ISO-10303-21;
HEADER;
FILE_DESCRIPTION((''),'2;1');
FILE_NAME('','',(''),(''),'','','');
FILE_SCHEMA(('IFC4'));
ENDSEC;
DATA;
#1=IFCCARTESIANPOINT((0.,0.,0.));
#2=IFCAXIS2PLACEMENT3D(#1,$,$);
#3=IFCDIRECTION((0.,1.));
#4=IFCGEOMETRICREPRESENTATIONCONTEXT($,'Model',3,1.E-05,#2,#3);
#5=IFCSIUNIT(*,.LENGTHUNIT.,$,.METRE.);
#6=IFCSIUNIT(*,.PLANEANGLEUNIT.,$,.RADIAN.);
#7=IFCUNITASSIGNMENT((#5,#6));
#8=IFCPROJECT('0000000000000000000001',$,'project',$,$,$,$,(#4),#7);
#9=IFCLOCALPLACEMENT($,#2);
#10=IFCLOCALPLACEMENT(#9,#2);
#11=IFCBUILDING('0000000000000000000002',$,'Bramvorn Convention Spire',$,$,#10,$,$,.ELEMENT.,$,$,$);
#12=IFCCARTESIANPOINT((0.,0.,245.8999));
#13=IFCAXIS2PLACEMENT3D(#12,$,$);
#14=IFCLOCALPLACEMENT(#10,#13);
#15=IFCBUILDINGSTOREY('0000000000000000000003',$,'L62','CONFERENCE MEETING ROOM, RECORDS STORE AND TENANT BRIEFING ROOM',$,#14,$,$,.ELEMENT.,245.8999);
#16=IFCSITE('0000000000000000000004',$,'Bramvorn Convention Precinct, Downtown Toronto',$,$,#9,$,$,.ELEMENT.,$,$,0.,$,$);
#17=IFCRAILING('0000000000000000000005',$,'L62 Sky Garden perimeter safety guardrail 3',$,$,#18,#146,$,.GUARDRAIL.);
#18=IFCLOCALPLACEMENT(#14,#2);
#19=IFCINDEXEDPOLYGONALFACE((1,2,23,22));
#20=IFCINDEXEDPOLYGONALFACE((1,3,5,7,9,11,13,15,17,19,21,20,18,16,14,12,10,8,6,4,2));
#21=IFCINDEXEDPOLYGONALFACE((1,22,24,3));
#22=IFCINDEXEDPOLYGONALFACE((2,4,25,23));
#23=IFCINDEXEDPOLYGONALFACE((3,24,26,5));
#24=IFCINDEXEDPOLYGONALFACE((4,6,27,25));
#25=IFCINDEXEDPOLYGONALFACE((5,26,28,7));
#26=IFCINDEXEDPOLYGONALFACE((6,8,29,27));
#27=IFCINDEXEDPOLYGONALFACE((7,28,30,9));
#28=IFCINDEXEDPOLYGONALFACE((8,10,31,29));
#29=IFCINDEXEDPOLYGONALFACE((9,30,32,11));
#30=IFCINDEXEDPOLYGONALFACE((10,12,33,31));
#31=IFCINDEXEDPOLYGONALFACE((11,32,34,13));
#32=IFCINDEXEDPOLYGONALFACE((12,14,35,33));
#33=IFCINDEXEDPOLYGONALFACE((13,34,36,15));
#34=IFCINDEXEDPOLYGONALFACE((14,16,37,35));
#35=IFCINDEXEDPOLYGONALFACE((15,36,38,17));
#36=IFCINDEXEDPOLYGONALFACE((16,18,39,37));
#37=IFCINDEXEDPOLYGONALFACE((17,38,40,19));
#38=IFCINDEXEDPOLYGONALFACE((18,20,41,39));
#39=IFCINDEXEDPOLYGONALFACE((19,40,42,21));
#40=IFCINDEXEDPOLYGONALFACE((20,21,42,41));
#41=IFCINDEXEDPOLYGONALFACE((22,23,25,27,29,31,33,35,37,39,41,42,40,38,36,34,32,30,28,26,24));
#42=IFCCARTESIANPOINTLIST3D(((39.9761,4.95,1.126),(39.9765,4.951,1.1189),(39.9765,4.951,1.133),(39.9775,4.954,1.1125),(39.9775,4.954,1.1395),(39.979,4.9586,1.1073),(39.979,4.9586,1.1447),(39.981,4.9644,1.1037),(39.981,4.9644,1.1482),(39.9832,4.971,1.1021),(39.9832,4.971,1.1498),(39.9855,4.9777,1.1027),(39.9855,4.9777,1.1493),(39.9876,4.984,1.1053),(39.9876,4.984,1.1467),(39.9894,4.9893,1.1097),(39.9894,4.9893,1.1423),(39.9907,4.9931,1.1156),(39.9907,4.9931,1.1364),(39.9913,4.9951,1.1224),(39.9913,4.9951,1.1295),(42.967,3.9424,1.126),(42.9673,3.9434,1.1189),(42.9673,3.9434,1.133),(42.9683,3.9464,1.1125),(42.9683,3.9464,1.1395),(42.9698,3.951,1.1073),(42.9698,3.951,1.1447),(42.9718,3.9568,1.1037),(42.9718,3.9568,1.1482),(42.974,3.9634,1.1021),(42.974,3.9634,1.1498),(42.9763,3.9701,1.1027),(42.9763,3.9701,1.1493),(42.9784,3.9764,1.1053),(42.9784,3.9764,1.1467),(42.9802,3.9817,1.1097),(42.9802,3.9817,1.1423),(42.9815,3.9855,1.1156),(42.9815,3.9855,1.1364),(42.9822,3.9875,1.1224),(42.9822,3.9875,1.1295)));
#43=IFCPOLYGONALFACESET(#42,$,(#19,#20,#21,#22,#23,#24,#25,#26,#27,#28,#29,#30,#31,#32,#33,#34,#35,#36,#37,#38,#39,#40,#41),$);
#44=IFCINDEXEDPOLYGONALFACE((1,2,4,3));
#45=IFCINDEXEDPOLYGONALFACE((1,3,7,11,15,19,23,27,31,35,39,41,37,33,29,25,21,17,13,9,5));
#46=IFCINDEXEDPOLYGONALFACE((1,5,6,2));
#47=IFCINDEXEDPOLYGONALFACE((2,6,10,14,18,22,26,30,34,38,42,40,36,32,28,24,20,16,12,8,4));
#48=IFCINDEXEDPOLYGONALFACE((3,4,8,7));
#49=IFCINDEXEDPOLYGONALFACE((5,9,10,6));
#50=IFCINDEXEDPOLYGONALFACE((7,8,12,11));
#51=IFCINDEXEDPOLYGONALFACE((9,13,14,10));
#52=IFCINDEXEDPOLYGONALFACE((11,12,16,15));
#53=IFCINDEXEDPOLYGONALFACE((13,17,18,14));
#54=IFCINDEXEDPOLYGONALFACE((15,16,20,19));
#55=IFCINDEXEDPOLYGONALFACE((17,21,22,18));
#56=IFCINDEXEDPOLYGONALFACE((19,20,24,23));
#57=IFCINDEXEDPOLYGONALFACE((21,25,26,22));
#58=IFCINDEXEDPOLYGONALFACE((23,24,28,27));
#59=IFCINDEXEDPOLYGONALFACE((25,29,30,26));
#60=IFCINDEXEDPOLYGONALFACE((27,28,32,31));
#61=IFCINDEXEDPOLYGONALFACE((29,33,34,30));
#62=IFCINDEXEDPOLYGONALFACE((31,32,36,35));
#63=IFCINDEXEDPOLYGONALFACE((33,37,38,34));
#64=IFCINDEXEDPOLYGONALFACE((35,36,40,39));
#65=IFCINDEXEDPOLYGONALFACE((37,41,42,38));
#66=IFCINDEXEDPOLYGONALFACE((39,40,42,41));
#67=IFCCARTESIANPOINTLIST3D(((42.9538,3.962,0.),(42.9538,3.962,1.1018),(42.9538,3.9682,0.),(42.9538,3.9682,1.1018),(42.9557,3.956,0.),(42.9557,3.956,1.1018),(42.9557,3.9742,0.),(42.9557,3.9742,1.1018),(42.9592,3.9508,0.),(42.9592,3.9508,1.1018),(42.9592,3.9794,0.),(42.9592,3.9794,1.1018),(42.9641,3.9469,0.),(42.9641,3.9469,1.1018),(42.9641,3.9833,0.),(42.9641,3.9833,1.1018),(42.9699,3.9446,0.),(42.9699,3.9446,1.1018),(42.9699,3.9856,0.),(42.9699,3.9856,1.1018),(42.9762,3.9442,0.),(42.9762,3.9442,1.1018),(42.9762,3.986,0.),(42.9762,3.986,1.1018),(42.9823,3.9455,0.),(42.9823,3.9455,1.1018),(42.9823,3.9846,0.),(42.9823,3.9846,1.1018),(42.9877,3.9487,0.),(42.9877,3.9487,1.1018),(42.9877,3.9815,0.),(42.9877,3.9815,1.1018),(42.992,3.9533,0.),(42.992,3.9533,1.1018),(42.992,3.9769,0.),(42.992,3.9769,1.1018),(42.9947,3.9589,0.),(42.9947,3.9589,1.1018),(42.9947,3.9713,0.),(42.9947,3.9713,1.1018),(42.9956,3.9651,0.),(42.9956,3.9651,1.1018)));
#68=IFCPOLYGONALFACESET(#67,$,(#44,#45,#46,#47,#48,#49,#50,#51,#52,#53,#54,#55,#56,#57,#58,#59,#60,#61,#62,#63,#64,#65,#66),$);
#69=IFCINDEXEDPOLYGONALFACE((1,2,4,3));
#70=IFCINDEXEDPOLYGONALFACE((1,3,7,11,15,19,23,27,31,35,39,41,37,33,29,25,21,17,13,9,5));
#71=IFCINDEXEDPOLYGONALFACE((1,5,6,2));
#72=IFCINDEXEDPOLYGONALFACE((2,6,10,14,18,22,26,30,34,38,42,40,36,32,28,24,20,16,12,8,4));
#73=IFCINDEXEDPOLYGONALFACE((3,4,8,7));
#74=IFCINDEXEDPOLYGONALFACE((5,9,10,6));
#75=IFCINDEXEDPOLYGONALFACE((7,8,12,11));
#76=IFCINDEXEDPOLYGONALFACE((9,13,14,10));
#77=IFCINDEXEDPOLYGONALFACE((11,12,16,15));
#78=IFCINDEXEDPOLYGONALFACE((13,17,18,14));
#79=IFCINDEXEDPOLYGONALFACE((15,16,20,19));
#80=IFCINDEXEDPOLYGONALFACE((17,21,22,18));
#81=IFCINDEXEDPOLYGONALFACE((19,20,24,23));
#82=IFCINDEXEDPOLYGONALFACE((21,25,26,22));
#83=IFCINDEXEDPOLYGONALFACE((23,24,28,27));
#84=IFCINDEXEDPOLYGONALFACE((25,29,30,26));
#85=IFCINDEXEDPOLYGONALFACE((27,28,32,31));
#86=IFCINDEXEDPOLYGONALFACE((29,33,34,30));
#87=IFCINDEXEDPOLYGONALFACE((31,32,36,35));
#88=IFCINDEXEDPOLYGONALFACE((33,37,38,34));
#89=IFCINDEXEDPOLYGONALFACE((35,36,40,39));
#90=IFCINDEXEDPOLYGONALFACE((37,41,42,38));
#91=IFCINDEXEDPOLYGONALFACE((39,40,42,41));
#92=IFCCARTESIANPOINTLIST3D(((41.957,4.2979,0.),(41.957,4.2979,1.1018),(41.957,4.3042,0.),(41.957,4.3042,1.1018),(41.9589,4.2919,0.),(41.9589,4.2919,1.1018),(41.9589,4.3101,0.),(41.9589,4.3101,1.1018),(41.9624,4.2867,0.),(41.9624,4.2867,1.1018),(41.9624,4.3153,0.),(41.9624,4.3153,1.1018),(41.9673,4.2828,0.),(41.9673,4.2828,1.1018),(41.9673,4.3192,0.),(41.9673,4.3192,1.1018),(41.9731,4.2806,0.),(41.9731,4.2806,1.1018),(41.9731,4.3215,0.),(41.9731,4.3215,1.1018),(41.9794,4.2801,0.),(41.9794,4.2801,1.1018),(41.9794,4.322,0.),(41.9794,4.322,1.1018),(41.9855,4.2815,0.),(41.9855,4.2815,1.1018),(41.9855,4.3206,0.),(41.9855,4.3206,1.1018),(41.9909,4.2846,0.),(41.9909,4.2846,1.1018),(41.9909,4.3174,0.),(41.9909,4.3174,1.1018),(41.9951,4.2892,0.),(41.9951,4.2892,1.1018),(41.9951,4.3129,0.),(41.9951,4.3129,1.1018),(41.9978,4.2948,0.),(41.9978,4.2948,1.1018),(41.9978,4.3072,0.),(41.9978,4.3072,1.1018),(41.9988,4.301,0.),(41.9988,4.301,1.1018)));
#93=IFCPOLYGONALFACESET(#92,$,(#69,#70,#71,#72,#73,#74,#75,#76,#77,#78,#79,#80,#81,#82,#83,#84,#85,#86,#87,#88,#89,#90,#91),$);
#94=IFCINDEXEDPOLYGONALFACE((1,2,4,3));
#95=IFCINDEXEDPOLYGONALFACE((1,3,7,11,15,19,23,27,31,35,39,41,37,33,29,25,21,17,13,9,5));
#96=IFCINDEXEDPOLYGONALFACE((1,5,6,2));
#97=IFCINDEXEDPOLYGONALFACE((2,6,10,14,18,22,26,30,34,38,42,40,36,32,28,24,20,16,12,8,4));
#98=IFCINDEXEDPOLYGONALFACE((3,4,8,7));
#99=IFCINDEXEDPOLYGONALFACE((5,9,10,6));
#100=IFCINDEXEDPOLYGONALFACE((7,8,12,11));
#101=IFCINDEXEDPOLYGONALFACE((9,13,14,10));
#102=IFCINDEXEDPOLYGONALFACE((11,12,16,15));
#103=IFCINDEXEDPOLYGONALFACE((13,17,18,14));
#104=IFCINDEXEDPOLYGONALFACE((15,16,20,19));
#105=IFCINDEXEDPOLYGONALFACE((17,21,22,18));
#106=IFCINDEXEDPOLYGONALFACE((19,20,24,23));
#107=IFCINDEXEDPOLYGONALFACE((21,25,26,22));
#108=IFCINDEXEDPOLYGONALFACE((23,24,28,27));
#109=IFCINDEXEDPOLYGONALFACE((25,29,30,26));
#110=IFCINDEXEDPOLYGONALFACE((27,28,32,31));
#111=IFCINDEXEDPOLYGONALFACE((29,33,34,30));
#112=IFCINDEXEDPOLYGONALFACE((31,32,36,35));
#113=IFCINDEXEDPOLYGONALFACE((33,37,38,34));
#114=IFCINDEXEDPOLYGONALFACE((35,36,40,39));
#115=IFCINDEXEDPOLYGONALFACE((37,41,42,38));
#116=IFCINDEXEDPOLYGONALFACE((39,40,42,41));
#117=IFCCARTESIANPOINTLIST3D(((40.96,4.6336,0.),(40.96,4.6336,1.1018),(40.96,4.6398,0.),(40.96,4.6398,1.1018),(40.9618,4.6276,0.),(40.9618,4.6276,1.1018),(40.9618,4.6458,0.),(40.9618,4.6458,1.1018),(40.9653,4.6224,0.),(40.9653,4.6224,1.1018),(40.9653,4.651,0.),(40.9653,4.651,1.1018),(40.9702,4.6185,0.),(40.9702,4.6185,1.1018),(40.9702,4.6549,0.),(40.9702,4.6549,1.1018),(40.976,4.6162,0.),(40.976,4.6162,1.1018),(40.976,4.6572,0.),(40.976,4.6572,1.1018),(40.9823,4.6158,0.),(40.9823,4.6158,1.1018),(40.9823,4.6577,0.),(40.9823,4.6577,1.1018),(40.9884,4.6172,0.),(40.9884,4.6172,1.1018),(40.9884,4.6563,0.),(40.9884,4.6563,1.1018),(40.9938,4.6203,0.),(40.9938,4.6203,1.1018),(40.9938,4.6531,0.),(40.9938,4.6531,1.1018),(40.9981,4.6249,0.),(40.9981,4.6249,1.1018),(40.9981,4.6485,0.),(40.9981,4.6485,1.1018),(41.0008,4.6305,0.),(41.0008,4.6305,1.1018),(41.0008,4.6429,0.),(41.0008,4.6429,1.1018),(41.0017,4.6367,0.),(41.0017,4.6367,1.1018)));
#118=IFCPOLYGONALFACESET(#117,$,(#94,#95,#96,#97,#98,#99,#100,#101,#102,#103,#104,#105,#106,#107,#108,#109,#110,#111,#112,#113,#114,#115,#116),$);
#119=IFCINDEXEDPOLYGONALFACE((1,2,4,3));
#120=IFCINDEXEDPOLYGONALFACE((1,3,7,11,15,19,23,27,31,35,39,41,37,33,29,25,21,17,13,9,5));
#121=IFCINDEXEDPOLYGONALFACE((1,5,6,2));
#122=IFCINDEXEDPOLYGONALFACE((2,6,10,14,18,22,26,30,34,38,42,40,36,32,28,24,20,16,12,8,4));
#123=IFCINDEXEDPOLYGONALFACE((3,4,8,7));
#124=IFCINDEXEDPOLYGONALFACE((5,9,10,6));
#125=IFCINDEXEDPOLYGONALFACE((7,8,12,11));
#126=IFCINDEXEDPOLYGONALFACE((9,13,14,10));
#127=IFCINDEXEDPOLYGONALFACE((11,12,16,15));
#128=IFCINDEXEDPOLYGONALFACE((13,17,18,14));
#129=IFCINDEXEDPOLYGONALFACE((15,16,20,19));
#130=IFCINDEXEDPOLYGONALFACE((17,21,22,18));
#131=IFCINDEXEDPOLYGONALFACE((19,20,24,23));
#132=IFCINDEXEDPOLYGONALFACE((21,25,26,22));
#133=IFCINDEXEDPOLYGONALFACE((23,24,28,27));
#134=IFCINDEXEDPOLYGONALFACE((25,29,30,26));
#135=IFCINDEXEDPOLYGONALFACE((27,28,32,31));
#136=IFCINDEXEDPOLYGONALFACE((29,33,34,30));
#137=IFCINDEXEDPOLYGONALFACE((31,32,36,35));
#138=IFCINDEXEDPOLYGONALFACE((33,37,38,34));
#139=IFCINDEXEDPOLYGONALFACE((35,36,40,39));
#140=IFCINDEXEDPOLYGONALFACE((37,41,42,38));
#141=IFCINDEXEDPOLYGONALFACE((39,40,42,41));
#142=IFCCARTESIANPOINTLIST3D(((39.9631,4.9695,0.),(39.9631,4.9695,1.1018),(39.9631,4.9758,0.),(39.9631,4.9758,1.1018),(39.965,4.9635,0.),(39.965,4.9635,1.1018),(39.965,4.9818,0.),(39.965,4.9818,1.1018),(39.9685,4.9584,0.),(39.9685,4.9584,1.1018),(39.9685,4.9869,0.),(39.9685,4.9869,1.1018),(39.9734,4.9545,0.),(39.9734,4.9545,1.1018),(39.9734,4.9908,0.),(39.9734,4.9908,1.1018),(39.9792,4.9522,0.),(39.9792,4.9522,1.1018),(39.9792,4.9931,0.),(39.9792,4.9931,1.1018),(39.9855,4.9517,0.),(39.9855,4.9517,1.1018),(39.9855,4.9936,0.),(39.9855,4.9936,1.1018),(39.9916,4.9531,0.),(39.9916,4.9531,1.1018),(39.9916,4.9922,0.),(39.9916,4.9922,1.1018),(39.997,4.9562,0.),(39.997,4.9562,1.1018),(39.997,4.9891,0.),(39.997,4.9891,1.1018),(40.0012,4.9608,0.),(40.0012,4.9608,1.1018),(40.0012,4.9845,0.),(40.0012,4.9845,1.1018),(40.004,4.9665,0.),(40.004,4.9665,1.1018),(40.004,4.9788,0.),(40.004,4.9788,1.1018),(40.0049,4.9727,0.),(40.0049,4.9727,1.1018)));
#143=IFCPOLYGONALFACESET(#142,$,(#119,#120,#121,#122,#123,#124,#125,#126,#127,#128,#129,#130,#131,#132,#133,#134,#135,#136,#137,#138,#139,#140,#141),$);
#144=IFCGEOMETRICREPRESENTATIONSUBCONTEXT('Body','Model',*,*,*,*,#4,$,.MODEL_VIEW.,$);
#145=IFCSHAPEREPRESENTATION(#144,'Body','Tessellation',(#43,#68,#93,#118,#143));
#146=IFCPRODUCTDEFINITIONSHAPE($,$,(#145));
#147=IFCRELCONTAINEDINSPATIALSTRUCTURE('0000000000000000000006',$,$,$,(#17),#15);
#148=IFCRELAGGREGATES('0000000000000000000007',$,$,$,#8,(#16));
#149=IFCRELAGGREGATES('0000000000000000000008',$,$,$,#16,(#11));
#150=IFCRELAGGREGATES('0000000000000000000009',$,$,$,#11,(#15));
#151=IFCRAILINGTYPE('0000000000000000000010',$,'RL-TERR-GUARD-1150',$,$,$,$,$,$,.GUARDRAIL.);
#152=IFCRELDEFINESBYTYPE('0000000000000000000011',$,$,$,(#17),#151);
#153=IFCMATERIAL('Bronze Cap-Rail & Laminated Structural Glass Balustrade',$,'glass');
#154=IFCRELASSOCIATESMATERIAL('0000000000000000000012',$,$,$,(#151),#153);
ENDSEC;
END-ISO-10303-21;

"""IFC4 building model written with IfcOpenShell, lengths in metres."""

from ifc_helpers import new_model, si_unit, direction, frame, origin, origin_2d, place, context, subcontext, project, spatial, circle, extrude, material, type_object, element, save


model = new_model("IFC4")

# Units and contexts
model_context = context("Model", 3, precision=1e-05, world=origin(), true_north=direction((0.0, 1.0)))
body_context = subcontext(model_context, "Body", "Model", "MODEL_VIEW")
ifc_project = project(units=[si_unit("LENGTHUNIT", "METRE"), si_unit("PLANEANGLEUNIT", "RADIAN")], contexts=[model_context])

# Site, building, storey
site_placement = place(None, origin())
site = spatial("IfcSite", under=ifc_project, at=site_placement, Name="Bramvorn Convention Precinct, Downtown Toronto", CompositionType="ELEMENT", RefElevation=0.0)
building_placement = place(site_placement, origin())
building = spatial("IfcBuilding", under=site, at=building_placement, Name="Bramvorn Convention Spire", CompositionType="ELEMENT")
storey_placement = place(building_placement, frame((0.0, 0.0, 245.8999)))
storey = spatial("IfcBuildingStorey", under=building, at=storey_placement, Name="L62", Description="CONFERENCE MEETING ROOM, RECORDS STORE AND TENANT BRIEFING ROOM", CompositionType="ELEMENT", Elevation=245.8999)

# Railing
ifc_material_1 = material(Name="Bronze Cap-Rail & Laminated Structural Glass Balustrade", Category="glass")
railing_type = type_object("IfcRailingType", Name="RL-TERR-GUARD-1150", PredefinedType="GUARDRAIL", material=ifc_material_1)
railing_1_placement = place(storey_placement, frame((42.9746, 3.9651, 0.0)))
element("IfcRailing", 1, at=railing_1_placement, inside=storey, type_object=railing_type, Name="L62 Sky Garden perimeter safety guardrail 3", PredefinedType="GUARDRAIL", context=body_context, shape_type="SweptSolid", body=[
    extrude(circle(Radius=0.0239, at=origin_2d()), frame((0.0, 0.0, 1.126), z_axis=(-0.947665, 0.319266, 0.0), x_axis=(-0.319266, -0.947665, 0.0)), (0.0, 0.0, 1.0), 3.156),
    extrude(circle(Radius=0.021, at=origin_2d()), origin(), (0.0, 0.0, 1.0), 1.1018),
    extrude(circle(Radius=0.021, at=origin_2d()), frame((-0.9968, 0.3359, 0.0)), (0.0, 0.0, 1.0), 1.1018),
    extrude(circle(Radius=0.021, at=origin_2d()), frame((-1.9939, 0.6716, 0.0)), (0.0, 0.0, 1.0), 1.1018),
    extrude(circle(Radius=0.021, at=origin_2d()), frame((-2.9907, 1.0076, 0.0)), (0.0, 0.0, 1.0), 1.1018),
])

save(model, "model.ifc")
